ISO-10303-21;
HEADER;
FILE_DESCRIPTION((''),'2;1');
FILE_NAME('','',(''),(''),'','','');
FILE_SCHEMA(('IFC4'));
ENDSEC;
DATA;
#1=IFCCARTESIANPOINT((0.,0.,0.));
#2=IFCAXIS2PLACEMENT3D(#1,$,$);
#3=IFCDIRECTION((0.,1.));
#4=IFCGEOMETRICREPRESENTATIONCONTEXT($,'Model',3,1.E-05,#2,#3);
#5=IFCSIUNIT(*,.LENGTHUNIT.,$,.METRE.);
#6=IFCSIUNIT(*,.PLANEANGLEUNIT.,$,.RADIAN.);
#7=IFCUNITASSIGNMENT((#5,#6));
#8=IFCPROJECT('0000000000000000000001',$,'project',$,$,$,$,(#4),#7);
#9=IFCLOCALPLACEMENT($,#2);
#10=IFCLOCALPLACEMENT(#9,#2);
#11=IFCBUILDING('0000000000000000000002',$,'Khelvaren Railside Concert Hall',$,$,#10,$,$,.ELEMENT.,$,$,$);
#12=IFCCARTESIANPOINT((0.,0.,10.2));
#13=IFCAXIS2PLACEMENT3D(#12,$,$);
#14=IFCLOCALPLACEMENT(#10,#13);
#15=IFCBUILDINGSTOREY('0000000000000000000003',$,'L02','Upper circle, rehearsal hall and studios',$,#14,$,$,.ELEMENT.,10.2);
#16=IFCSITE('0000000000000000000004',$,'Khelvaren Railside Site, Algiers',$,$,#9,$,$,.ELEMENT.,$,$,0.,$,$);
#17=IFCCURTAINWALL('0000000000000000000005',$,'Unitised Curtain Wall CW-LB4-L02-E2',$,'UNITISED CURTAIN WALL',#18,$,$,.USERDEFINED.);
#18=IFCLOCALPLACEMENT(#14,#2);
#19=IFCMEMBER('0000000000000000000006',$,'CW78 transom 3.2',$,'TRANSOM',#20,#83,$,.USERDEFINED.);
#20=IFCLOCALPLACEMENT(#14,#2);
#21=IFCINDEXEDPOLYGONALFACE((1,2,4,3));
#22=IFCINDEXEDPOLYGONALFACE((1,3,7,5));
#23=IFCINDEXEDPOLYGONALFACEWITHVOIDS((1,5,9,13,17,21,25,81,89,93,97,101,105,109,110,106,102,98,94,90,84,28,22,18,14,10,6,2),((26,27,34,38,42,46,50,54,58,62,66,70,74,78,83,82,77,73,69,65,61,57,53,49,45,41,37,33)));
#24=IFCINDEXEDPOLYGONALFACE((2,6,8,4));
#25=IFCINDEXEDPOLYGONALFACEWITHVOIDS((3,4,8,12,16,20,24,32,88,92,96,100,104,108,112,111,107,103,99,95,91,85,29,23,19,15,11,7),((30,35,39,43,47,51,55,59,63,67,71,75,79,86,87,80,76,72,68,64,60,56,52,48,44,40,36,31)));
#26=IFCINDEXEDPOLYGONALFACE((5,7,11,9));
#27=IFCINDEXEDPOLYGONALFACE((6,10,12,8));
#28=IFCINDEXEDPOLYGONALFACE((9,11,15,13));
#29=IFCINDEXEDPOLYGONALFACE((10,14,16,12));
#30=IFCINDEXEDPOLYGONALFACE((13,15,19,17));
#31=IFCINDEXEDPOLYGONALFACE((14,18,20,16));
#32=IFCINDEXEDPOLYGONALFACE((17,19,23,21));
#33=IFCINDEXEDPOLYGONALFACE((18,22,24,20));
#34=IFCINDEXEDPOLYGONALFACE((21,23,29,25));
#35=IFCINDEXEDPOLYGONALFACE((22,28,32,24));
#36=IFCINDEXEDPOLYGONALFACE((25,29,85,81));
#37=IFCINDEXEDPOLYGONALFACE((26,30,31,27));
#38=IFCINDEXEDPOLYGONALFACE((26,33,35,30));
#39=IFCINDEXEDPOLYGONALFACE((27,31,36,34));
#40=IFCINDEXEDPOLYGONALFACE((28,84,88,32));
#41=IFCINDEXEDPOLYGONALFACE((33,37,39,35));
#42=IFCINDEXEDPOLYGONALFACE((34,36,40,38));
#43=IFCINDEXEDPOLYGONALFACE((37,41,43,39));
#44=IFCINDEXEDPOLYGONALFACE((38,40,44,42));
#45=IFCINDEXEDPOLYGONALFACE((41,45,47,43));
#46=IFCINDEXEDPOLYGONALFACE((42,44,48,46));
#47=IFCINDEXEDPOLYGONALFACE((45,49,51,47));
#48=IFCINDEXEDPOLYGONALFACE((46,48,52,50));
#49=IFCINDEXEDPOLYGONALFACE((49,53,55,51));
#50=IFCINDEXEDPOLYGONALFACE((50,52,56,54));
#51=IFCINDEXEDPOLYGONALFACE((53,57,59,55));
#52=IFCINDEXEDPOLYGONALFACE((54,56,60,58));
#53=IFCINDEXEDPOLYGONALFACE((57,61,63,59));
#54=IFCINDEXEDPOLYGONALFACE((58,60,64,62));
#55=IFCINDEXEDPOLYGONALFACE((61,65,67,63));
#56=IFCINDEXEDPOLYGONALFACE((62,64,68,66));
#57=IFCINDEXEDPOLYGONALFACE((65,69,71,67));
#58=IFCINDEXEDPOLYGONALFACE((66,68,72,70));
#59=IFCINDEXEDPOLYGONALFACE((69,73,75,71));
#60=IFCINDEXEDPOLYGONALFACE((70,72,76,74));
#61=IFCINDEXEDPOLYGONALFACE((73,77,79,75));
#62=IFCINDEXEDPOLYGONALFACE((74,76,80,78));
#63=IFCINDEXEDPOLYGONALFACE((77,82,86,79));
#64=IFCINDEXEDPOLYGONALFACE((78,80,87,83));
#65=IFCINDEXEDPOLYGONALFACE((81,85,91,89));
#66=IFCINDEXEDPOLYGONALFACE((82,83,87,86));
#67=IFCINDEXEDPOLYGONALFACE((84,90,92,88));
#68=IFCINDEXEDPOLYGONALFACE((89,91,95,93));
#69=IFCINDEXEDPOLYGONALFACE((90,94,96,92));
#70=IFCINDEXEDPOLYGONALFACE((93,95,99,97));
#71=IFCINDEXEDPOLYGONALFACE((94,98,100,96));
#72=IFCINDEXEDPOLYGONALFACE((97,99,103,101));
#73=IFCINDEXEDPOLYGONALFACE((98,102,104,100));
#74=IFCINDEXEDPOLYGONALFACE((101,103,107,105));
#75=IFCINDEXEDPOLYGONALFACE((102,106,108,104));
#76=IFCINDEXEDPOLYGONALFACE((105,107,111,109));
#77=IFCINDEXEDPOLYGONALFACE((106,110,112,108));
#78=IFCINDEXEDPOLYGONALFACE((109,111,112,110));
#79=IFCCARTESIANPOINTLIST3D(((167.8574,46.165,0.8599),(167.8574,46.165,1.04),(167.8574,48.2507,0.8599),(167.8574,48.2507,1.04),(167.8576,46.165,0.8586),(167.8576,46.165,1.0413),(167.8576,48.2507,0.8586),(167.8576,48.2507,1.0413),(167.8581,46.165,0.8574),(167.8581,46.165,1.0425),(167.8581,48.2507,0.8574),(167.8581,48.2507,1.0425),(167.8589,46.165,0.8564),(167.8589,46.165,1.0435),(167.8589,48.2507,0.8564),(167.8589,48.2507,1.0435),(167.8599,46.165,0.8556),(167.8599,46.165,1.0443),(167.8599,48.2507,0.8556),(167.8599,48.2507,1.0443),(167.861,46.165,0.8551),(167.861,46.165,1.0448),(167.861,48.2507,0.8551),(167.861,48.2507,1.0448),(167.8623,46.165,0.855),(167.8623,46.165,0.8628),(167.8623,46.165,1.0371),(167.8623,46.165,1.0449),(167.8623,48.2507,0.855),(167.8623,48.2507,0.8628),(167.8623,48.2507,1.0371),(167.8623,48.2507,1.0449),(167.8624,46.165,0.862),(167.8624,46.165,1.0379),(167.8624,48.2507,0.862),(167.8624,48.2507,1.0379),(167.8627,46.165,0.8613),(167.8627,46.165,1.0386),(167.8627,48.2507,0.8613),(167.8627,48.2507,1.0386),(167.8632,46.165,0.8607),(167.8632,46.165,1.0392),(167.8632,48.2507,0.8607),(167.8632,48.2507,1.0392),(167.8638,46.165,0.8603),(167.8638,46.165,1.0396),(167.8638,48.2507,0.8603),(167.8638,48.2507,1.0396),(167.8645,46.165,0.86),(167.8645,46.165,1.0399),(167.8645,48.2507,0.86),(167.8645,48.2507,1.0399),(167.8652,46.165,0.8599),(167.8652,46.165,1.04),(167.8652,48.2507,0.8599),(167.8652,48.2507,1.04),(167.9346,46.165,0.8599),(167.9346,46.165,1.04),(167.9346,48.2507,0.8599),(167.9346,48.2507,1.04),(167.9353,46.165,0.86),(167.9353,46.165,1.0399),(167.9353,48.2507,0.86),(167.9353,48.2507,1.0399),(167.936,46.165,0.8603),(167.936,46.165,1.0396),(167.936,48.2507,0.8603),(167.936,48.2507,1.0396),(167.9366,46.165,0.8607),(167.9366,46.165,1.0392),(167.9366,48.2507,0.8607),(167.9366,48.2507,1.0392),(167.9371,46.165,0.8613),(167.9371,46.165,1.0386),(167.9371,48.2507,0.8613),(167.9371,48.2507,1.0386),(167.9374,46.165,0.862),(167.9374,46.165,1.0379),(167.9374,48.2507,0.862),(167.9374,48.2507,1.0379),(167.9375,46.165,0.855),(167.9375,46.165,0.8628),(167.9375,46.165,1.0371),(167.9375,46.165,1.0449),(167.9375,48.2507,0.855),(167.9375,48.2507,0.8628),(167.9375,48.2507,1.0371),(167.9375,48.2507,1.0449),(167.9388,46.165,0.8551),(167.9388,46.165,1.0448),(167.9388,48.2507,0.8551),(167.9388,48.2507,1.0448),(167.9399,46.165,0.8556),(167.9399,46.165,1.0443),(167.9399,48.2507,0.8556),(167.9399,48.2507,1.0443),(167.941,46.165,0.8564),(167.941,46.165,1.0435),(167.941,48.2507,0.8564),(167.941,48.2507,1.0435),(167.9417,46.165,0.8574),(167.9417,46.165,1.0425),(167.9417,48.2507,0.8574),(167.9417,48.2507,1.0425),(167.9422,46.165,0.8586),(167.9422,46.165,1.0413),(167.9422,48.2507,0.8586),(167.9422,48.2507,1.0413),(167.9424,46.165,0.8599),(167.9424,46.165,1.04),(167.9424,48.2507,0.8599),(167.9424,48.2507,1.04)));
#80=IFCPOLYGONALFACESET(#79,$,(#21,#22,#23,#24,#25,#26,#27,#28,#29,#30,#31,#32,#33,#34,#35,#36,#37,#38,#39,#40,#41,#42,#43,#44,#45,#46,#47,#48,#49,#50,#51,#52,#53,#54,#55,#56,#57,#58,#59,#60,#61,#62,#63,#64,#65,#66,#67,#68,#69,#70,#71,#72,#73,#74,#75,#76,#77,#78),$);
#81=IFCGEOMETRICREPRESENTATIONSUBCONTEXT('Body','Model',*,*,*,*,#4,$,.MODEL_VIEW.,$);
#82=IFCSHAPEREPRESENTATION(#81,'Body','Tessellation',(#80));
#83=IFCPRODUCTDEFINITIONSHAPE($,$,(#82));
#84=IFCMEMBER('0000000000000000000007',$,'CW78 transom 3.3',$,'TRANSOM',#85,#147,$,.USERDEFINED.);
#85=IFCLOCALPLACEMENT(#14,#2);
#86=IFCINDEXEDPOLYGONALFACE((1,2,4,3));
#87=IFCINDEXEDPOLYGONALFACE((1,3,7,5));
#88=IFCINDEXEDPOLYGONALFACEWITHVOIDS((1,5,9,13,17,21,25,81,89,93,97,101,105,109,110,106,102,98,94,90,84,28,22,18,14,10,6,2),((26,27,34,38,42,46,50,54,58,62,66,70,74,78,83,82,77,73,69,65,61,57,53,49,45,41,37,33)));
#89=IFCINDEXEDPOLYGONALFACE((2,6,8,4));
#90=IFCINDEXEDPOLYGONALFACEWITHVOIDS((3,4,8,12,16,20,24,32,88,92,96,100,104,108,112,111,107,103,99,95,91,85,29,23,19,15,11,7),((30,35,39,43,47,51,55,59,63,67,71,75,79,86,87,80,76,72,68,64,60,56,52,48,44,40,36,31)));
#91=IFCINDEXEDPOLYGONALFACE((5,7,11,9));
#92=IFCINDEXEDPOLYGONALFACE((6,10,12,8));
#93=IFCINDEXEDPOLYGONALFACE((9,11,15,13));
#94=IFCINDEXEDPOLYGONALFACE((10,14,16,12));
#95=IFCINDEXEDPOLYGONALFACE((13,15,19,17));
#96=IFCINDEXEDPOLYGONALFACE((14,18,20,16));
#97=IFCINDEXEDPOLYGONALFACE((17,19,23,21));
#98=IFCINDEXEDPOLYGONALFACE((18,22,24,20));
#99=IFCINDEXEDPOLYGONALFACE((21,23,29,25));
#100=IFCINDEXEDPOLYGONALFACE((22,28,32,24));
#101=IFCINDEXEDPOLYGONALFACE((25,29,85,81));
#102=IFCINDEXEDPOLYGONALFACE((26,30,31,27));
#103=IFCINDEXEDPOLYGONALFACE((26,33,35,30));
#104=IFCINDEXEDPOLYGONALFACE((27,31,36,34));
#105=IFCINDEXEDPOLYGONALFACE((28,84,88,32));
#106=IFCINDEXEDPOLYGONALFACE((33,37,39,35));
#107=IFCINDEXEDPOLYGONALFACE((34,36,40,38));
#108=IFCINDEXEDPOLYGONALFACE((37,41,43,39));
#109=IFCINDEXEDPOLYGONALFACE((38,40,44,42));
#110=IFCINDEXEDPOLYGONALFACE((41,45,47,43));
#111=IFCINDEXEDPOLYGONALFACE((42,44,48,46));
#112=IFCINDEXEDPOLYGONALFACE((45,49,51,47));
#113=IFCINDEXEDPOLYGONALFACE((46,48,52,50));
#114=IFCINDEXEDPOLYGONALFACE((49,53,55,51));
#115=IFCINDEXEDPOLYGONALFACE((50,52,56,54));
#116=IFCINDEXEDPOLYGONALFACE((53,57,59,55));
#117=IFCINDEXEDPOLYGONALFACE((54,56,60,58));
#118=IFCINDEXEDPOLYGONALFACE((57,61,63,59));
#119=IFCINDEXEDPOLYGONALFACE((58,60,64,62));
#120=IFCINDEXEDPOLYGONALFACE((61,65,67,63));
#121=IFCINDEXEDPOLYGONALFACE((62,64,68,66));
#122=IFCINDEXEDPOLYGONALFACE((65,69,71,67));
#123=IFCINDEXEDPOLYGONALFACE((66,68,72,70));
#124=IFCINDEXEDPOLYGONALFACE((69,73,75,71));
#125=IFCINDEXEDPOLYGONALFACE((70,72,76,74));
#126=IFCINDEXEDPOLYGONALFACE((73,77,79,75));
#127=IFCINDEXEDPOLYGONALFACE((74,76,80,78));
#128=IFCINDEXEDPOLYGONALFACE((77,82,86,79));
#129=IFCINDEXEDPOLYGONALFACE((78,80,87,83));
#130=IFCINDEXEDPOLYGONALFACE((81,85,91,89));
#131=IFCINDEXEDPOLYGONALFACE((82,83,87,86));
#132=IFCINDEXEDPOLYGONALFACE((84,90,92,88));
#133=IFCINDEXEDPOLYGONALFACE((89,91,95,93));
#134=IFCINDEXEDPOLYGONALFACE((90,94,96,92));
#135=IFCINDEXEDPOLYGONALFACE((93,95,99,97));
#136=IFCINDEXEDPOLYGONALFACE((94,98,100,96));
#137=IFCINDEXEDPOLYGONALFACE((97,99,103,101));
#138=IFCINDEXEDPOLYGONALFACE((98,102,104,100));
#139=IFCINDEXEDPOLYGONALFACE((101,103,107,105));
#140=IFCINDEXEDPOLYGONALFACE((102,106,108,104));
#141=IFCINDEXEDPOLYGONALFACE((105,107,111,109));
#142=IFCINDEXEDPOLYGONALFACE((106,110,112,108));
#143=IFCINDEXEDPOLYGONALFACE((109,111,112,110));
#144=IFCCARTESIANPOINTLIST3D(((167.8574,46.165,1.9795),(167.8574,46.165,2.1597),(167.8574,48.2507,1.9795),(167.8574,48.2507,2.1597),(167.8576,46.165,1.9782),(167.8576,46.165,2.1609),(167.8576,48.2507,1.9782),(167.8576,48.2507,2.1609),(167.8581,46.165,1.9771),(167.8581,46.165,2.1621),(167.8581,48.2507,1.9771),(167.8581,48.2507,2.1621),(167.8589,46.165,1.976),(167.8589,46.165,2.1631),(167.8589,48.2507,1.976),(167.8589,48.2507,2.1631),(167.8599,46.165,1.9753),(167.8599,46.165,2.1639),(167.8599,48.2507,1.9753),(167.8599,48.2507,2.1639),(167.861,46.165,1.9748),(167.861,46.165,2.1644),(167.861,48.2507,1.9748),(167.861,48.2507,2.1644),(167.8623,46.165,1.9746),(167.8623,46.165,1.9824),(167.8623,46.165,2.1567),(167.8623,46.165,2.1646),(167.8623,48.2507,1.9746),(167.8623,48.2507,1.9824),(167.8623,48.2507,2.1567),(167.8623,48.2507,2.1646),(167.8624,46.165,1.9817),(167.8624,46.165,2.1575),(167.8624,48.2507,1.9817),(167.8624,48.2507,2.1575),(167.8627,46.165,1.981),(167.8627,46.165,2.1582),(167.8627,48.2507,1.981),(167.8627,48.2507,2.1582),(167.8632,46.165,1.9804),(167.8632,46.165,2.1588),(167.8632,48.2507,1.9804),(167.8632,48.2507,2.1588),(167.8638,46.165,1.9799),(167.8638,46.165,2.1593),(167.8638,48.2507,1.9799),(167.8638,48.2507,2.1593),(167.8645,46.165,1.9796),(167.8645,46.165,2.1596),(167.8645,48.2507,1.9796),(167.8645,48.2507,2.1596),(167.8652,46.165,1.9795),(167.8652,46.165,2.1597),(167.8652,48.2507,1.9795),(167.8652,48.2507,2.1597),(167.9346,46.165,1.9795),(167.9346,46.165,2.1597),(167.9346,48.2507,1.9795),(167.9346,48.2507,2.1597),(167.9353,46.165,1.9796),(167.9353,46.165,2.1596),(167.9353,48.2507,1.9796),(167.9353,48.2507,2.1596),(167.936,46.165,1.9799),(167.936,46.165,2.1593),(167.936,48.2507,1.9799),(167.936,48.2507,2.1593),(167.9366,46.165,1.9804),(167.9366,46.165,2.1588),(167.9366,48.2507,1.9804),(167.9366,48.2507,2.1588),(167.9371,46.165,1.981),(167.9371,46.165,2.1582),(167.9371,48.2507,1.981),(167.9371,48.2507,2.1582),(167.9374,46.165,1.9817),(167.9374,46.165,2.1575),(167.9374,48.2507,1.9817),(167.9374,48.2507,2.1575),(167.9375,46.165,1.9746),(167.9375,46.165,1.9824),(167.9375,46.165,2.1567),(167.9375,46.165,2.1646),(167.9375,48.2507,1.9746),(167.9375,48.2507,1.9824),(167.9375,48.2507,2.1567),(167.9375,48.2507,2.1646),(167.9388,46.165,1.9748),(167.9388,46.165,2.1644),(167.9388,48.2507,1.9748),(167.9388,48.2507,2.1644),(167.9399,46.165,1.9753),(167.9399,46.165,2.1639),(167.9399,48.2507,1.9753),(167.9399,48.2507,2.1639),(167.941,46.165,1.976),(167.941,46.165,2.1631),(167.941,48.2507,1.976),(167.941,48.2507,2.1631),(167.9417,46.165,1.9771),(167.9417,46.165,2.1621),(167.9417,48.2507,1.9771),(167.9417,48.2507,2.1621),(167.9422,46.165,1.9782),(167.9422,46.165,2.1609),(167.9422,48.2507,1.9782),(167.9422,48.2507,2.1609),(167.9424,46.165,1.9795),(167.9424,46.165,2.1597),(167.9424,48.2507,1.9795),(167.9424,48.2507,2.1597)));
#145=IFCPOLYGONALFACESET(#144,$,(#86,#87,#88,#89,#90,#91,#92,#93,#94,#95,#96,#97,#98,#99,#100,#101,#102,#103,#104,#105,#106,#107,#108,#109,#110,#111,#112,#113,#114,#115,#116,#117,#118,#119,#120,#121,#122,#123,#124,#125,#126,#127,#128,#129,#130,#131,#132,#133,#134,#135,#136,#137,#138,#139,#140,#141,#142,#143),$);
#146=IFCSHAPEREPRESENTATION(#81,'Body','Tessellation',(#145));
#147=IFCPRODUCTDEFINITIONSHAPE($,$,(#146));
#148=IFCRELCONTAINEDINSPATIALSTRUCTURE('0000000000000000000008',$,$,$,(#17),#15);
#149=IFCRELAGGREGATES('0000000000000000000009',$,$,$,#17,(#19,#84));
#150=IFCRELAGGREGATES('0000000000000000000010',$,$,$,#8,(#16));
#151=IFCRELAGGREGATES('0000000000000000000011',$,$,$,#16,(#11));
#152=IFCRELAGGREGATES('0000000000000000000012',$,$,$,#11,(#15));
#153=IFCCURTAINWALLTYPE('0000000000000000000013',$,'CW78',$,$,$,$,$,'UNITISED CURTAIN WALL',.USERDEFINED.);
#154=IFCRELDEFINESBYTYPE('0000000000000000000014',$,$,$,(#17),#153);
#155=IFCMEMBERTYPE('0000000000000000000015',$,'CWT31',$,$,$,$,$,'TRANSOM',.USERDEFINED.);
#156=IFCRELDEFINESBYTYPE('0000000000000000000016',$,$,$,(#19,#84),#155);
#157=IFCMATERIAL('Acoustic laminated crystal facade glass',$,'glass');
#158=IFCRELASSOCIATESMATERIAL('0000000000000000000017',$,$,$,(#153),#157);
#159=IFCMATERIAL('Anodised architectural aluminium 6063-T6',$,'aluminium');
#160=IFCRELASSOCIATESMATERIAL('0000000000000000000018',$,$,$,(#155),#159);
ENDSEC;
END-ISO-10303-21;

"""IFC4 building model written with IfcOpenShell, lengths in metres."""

from ifc_helpers import new_model, si_unit, direction, frame, origin, origin_2d, place, context, subcontext, project, spatial, hollow_rectangle, extrude, material, material_profile, profile_set, type_object, element, aggregate, save


model = new_model("IFC4")

# Units and contexts
model_context = context("Model", 3, precision=1e-05, world=origin(), true_north=direction((0.0, 1.0)))
body_context = subcontext(model_context, "Body", "Model", "MODEL_VIEW")
ifc_project = project(units=[si_unit("LENGTHUNIT", "METRE"), si_unit("PLANEANGLEUNIT", "RADIAN")], contexts=[model_context])

# Site, building, storey
site_placement = place(None, origin())
site = spatial("IfcSite", under=ifc_project, at=site_placement, Name="Khelvaren Railside Site, Algiers", CompositionType="ELEMENT", RefElevation=0.0)
building_placement = place(site_placement, origin())
building = spatial("IfcBuilding", under=site, at=building_placement, Name="Khelvaren Railside Concert Hall", CompositionType="ELEMENT")
storey_placement = place(building_placement, frame((0.0, 0.0, 10.2)))
storey = spatial("IfcBuildingStorey", under=building, at=storey_placement, Name="L02", Description="Upper circle, rehearsal hall and studios", CompositionType="ELEMENT", Elevation=10.2)

# Shared definitions
ifc_material_1 = material(Name="Anodised architectural aluminium 6063-T6", Category="aluminium")
ifc_material_2 = material(Name="Acoustic laminated crystal facade glass", Category="glass")
curtain_wall_type_1 = type_object("IfcCurtainWallType", Name="CW78", ElementType="UNITISED CURTAIN WALL", PredefinedType="USERDEFINED", material=ifc_material_2)

# Curtain wall
curtain_wall_1_placement = place(storey_placement, origin())
curtain_wall_1 = element("IfcCurtainWall", 1, at=curtain_wall_1_placement, inside=storey, type_object=curtain_wall_type_1, Name="Unitised Curtain Wall CW-LB4-L02-E2", ObjectType="UNITISED CURTAIN WALL", PredefinedType="USERDEFINED")

# Members
ifc_material_profile_1 = material_profile(ifc_material_1, hollow_rectangle(XDim=0.085, YDim=0.1899, WallThickness=0.0049, InnerFilletRadius=0.0029, OuterFilletRadius=0.0049, at=origin_2d()), Name="CWT 85x190x5")
ifc_profile_set_1 = profile_set([ifc_material_profile_1], Name="Anodised architectural aluminium 6063-T6")
member_type_1 = type_object("IfcMemberType", Name="CWT31", ElementType="TRANSOM", PredefinedType="USERDEFINED", material=ifc_profile_set_1)
member_1_placement = place(storey_placement, frame((167.8999, 48.2507, 0.95), z_axis=(0.0, -1.0, 0.0), x_axis=(1.0, 0.0, 0.0)))
member_1 = element("IfcMember", 2, at=member_1_placement, type_object=member_type_1, Name="CW78 transom 3.2", ObjectType="TRANSOM", PredefinedType="USERDEFINED", context=body_context, shape_type="SweptSolid", body=[
    extrude(hollow_rectangle(XDim=0.085, YDim=0.1899, WallThickness=0.0049, InnerFilletRadius=0.0029, OuterFilletRadius=0.0049, at=origin_2d()), origin(), (0.0, 0.0, 1.0), 2.0857),
])
member_2_placement = place(storey_placement, frame((167.8999, 48.2507, 2.0696), z_axis=(0.0, -1.0, 0.0), x_axis=(1.0, 0.0, 0.0)))
member_2 = element("IfcMember", 3, at=member_2_placement, type_object=member_type_1, Name="CW78 transom 3.3", ObjectType="TRANSOM", PredefinedType="USERDEFINED", context=body_context, shape_type="SweptSolid", body=[
    extrude(hollow_rectangle(XDim=0.085, YDim=0.1899, WallThickness=0.0049, InnerFilletRadius=0.0029, OuterFilletRadius=0.0049, at=origin_2d()), origin(), (0.0, 0.0, 1.0), 2.0857),
])

aggregate(curtain_wall_1, [member_1, member_2])

save(model, "model.ifc")
